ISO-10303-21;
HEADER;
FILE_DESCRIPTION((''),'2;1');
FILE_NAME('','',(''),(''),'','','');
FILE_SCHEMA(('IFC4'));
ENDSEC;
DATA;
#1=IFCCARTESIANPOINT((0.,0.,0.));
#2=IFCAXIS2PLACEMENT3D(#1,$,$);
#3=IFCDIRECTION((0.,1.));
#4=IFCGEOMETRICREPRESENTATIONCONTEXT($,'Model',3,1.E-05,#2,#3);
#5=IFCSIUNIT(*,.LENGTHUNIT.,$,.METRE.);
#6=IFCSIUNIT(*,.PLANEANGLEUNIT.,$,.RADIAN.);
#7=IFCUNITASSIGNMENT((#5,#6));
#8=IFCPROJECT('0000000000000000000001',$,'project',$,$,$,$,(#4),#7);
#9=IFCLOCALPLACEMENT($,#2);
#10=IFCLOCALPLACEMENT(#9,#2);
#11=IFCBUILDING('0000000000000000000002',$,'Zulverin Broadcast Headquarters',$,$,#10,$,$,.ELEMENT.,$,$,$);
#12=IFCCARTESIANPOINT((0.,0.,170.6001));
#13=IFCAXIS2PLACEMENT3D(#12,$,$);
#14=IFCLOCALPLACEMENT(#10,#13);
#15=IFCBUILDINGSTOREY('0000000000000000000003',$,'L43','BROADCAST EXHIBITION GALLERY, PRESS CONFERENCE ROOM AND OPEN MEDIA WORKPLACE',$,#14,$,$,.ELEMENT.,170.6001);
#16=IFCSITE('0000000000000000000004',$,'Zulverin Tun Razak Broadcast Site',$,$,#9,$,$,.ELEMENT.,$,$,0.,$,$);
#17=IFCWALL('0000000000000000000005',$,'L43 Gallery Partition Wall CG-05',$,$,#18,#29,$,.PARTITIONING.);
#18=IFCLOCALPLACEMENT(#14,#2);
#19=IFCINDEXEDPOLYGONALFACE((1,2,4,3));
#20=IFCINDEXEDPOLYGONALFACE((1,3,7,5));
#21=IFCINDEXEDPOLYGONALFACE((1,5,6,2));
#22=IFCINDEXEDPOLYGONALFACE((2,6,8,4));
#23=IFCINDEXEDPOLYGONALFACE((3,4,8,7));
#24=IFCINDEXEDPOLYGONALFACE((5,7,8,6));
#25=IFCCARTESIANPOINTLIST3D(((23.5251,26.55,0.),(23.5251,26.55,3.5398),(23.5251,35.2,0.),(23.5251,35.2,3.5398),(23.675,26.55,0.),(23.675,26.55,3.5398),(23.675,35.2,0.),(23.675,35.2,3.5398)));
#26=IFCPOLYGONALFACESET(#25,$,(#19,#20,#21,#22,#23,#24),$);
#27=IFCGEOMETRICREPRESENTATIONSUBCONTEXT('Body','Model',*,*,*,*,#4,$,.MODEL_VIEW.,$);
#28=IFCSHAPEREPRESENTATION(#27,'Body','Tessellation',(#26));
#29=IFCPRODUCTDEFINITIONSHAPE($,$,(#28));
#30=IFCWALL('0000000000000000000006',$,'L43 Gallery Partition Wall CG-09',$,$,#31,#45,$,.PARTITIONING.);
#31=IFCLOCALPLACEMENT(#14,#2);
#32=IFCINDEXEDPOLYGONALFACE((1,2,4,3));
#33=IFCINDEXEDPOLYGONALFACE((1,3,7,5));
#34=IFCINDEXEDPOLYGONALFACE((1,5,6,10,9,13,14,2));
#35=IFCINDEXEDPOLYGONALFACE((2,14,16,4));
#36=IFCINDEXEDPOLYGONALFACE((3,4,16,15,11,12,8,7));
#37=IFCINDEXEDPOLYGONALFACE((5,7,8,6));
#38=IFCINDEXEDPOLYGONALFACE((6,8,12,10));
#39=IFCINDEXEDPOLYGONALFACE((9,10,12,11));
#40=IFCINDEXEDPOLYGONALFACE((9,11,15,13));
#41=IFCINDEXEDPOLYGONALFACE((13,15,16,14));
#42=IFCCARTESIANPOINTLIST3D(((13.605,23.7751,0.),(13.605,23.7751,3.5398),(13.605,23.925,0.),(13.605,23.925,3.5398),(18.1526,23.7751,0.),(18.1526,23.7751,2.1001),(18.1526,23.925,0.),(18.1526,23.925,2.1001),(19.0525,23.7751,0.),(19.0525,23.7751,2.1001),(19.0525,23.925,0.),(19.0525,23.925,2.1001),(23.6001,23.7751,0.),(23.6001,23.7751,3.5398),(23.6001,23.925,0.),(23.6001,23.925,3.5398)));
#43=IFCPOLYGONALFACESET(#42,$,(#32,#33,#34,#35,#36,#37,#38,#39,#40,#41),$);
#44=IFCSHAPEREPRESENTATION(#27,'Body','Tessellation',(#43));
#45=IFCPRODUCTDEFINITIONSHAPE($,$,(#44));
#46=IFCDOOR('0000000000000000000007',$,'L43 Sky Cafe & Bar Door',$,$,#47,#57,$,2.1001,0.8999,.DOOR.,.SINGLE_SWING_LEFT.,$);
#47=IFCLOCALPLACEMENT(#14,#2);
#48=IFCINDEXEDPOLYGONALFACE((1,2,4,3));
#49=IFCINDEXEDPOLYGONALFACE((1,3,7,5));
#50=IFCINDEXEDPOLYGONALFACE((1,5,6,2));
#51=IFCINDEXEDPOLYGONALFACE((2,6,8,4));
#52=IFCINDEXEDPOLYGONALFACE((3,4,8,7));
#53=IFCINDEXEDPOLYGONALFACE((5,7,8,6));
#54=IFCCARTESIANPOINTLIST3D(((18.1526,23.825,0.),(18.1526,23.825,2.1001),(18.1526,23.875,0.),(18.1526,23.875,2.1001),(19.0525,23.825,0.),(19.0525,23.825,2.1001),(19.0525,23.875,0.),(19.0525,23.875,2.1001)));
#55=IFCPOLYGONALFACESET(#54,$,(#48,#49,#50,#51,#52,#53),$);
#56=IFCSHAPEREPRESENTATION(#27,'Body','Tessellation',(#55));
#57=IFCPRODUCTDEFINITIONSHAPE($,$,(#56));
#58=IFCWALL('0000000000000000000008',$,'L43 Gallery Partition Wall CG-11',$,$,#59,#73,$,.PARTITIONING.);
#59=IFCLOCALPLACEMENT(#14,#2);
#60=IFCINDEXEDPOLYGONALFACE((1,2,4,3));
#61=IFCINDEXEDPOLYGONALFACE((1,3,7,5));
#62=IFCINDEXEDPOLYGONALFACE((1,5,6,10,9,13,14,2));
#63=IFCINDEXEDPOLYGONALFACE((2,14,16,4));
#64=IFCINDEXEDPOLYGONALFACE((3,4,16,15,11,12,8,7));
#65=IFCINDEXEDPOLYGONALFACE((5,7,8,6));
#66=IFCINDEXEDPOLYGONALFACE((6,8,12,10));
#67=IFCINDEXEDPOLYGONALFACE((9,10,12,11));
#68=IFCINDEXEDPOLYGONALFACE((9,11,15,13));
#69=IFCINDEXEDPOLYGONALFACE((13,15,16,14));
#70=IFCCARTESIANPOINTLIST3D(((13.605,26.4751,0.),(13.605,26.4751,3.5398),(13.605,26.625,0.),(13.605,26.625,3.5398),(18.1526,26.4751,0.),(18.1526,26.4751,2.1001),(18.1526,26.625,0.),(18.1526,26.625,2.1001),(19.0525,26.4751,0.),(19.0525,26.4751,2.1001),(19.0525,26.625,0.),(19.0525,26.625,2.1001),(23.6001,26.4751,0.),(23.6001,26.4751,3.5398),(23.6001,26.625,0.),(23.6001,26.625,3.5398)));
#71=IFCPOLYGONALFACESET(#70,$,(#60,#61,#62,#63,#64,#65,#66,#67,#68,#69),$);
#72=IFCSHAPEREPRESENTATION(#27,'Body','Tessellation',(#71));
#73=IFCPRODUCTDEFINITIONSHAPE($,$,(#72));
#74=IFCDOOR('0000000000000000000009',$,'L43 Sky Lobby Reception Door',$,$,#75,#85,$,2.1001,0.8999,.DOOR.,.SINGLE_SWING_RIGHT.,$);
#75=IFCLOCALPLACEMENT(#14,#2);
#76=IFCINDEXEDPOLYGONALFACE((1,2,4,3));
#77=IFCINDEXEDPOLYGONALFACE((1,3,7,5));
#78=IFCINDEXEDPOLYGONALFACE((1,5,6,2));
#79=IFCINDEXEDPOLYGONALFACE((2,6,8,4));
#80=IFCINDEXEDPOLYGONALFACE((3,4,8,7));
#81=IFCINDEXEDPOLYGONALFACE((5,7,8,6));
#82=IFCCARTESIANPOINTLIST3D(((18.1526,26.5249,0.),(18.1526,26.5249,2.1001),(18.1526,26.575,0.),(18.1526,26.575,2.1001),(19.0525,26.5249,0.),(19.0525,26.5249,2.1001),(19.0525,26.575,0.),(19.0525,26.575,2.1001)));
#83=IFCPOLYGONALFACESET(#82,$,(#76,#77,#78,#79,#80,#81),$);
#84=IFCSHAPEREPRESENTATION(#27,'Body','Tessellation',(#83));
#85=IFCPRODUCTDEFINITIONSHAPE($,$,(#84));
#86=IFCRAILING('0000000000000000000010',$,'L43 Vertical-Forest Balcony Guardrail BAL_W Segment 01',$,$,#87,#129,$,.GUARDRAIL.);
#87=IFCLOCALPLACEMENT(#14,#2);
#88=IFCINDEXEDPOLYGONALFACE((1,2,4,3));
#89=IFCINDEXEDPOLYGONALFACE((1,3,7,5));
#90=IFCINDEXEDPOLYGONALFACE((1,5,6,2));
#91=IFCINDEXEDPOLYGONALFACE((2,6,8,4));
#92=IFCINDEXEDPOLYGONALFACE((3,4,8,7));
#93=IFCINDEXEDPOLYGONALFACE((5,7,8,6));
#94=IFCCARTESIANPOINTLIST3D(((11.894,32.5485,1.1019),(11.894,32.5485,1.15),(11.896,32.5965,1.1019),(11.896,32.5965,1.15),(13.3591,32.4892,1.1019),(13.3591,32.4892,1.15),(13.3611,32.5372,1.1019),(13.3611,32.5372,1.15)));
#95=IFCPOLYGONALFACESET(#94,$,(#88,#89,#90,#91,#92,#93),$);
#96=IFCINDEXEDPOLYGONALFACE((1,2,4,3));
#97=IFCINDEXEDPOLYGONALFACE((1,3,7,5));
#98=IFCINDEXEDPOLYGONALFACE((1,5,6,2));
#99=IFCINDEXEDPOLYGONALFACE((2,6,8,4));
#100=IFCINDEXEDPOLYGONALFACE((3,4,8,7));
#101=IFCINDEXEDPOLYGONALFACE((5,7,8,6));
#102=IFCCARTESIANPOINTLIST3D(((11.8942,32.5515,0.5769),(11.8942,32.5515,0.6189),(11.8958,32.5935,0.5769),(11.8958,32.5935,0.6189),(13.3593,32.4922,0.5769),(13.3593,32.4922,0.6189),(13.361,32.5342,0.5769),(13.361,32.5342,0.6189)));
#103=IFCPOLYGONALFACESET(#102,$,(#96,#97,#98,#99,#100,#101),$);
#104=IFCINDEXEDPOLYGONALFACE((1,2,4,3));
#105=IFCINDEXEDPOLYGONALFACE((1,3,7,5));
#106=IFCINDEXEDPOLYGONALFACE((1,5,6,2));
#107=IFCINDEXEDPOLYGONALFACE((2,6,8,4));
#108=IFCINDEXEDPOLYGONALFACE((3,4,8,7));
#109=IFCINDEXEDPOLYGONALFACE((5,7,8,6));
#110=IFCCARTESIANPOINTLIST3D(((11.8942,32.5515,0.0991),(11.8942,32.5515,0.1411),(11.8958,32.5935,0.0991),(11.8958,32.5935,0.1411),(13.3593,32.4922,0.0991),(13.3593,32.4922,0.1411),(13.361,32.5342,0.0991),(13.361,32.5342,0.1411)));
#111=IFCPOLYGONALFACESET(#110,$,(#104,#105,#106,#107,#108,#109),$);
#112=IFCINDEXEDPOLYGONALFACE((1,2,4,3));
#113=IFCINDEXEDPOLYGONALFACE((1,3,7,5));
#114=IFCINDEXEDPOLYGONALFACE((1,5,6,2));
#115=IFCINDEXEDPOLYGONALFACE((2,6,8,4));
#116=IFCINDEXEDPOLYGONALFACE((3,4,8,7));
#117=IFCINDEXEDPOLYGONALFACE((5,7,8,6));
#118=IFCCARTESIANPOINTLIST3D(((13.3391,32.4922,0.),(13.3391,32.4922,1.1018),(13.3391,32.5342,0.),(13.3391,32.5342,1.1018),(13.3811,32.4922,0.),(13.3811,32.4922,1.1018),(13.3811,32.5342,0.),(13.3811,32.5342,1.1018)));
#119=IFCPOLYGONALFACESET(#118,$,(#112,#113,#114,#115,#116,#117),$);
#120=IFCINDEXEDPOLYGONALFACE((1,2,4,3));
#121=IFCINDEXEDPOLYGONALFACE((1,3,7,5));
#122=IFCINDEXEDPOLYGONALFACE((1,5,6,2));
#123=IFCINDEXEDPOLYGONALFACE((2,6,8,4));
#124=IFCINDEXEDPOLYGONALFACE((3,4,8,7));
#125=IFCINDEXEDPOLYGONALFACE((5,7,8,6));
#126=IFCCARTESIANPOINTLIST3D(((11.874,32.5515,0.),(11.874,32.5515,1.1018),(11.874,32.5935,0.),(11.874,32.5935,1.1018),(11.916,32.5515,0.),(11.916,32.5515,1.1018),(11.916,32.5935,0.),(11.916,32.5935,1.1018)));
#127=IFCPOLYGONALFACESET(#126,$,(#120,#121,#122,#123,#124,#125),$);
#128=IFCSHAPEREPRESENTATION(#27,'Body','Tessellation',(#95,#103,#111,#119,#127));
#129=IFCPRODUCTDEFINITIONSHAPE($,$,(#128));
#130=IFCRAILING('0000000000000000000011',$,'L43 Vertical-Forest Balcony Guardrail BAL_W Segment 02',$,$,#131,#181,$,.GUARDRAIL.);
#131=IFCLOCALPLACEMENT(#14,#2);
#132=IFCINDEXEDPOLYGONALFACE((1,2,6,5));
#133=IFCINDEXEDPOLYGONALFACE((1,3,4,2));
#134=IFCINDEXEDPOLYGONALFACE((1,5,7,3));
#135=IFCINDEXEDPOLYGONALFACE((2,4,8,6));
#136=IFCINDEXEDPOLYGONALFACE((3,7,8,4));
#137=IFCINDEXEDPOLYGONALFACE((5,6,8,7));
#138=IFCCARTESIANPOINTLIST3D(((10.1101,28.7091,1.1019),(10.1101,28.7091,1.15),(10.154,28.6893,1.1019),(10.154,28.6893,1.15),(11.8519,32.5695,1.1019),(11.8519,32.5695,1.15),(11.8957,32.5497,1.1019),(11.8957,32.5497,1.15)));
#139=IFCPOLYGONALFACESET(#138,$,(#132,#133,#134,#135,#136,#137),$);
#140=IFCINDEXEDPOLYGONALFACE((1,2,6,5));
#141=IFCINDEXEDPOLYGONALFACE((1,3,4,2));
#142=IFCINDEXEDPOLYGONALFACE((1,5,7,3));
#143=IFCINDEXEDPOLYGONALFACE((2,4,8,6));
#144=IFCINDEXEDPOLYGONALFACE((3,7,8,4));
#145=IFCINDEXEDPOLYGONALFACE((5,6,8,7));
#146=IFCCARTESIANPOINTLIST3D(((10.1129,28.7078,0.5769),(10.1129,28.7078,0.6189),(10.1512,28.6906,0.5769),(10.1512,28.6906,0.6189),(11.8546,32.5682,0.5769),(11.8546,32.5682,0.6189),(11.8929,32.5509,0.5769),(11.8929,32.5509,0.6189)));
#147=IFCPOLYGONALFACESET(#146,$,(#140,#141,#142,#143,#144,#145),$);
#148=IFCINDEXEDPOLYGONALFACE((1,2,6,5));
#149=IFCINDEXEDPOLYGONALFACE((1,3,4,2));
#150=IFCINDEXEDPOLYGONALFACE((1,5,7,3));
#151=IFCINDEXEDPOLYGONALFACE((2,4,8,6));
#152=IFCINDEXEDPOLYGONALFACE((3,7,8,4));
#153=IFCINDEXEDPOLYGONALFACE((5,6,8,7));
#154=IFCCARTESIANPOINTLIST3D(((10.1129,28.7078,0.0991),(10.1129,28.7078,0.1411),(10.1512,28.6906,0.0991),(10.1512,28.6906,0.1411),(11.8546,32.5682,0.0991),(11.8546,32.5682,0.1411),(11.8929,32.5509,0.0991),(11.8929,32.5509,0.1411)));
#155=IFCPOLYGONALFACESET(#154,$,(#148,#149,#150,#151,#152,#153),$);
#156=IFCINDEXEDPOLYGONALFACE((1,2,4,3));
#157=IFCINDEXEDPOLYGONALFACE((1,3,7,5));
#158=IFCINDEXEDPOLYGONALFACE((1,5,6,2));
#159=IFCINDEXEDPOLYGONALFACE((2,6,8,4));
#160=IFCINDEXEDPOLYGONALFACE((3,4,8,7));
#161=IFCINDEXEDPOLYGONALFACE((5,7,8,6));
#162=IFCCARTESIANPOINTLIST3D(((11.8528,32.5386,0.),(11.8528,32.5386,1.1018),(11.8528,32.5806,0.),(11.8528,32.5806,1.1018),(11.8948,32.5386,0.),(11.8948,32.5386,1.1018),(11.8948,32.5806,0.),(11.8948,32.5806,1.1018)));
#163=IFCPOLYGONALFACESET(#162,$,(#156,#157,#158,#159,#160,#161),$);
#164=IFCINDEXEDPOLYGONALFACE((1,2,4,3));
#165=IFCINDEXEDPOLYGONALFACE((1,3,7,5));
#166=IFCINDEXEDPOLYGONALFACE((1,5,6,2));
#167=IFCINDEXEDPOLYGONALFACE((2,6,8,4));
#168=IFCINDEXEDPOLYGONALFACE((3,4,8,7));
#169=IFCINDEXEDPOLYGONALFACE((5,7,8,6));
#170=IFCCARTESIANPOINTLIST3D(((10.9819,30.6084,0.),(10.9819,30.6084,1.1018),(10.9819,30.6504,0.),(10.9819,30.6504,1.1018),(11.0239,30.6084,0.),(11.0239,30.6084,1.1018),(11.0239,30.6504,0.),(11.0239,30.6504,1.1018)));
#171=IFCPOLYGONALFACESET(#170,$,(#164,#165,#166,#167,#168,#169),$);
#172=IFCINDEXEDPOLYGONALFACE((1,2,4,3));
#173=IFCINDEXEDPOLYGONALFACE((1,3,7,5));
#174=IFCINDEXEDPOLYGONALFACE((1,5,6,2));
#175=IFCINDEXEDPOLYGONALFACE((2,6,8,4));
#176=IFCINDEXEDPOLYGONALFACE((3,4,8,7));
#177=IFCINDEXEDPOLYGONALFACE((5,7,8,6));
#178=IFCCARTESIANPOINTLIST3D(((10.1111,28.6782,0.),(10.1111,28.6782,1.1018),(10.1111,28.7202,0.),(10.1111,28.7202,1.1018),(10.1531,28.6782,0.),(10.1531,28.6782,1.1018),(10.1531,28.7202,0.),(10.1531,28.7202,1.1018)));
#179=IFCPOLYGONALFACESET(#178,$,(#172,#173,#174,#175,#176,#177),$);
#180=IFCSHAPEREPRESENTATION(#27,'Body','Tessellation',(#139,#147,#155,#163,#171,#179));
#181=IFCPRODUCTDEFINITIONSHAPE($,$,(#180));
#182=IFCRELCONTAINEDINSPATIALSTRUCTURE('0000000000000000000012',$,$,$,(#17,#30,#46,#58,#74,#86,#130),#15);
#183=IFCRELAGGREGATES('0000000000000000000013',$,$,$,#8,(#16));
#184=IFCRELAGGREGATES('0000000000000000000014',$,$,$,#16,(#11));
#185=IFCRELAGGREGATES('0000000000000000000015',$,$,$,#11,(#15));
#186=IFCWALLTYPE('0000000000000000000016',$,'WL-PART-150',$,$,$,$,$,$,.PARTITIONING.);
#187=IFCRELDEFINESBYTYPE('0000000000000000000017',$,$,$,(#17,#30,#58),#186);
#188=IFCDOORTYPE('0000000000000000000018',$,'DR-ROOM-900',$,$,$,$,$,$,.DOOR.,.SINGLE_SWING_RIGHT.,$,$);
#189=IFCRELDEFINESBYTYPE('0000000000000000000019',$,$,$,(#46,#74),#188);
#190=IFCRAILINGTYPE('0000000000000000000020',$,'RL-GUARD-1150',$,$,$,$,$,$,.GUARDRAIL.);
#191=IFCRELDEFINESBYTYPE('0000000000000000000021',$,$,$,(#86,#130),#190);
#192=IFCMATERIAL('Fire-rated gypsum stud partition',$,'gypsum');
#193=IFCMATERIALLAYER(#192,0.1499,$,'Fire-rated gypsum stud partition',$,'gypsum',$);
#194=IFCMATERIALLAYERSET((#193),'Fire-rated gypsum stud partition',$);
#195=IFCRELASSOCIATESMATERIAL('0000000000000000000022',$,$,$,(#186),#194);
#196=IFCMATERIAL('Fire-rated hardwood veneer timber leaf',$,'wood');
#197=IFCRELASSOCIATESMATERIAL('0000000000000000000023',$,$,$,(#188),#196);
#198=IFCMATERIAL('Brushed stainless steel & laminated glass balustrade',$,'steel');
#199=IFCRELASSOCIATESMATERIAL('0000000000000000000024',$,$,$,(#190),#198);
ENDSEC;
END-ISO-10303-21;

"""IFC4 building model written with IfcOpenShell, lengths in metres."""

from ifc_helpers import new_model, si_unit, direction, frame, frame_2d, origin, origin_2d, place, context, subcontext, project, spatial, rectangle, extrude, material, layer, layer_set, type_object, element, fill, save


model = new_model("IFC4")

# Units and contexts
model_context = context("Model", 3, precision=1e-05, world=origin(), true_north=direction((0.0, 1.0)))
body_context = subcontext(model_context, "Body", "Model", "MODEL_VIEW")
ifc_project = project(units=[si_unit("LENGTHUNIT", "METRE"), si_unit("PLANEANGLEUNIT", "RADIAN")], contexts=[model_context])

# Site, building, storey
site_placement = place(None, origin())
site = spatial("IfcSite", under=ifc_project, at=site_placement, Name="Zulverin Tun Razak Broadcast Site", CompositionType="ELEMENT", RefElevation=0.0)
building_placement = place(site_placement, origin())
building = spatial("IfcBuilding", under=site, at=building_placement, Name="Zulverin Broadcast Headquarters", CompositionType="ELEMENT")
storey_placement = place(building_placement, frame((0.0, 0.0, 170.6001)))
storey = spatial("IfcBuildingStorey", under=building, at=storey_placement, Name="L43", Description="BROADCAST EXHIBITION GALLERY, PRESS CONFERENCE ROOM AND OPEN MEDIA WORKPLACE", CompositionType="ELEMENT", Elevation=170.6001)

# Shared definitions
ifc_material_1 = material(Name="Fire-rated gypsum stud partition", Category="gypsum")
ifc_layer_1 = layer(ifc_material_1, 0.1499, Name="Fire-rated gypsum stud partition", Category="gypsum")
ifc_layer_set_1 = layer_set([ifc_layer_1], Name="Fire-rated gypsum stud partition")
wall_type = type_object("IfcWallType", Name="WL-PART-150", PredefinedType="PARTITIONING", material=ifc_layer_set_1)

# Wall
wall_1_placement = place(storey_placement, frame((23.6001, 26.55, 0.0), z_axis=(0.0, 0.0, 1.0), x_axis=(0.0, 1.0, 0.0)))
element("IfcWall", 1, at=wall_1_placement, inside=storey, type_object=wall_type, Name="L43 Gallery Partition Wall CG-05", PredefinedType="PARTITIONING", context=body_context, shape_type="SweptSolid", body=[
    extrude(rectangle(XDim=8.6499, YDim=0.1499, at=frame_2d((4.325, 0.0))), origin(), (0.0, 0.0, 1.0), 3.5398),
])

# Walls, openings, doors
wall_2_placement = place(storey_placement, frame((13.605, 23.8501, 0.0), z_axis=(0.0, 0.0, 1.0), x_axis=(1.0, 0.0, 0.0)))
wall_2 = element("IfcWall", 2, at=wall_2_placement, inside=storey, type_object=wall_type, Name="L43 Gallery Partition Wall CG-09", PredefinedType="PARTITIONING", context=body_context, shape_type="SweptSolid", body=[
    extrude(rectangle(XDim=9.9951, YDim=0.1499, at=frame_2d((4.9976, 0.0))), origin(), (0.0, 0.0, 1.0), 3.5398),
])
opening_1_placement = place(wall_2_placement, frame((4.5476, 0.0, 0.0)))
opening_1 = element("IfcOpeningElement", 3, at=opening_1_placement, cuts=wall_2, PredefinedType="OPENING", context=body_context, shape_type="SweptSolid", body=[
    extrude(rectangle(XDim=0.8999, YDim=2.1001, at=frame_2d((0.45, 1.05))), frame((0.0, 0.085, 0.0), z_axis=(0.0, -1.0, 0.0), x_axis=(1.0, 0.0, 0.0)), (0.0, 0.0, 1.0), 0.1699),
])
ifc_material_2 = material(Name="Fire-rated hardwood veneer timber leaf", Category="wood")
door_type_1 = type_object("IfcDoorType", Name="DR-ROOM-900", OperationType="SINGLE_SWING_RIGHT", PredefinedType="DOOR", material=ifc_material_2)
door_1_placement = place(opening_1_placement, origin())
door_1 = element("IfcDoor", 4, at=door_1_placement, inside=storey, type_object=door_type_1, Name="L43 Sky Cafe & Bar Door", OperationType="SINGLE_SWING_LEFT", OverallHeight=2.1001, OverallWidth=0.8999, PredefinedType="DOOR", context=body_context, shape_type="SweptSolid", body=[
    extrude(rectangle(XDim=0.8999, YDim=2.1001, at=frame_2d((0.45, 1.05))), frame((0.0, 0.0249, 0.0), z_axis=(0.0, -1.0, 0.0), x_axis=(1.0, 0.0, 0.0)), (0.0, 0.0, 1.0), 0.05),
])
fill(opening_1, door_1)
wall_3_placement = place(storey_placement, frame((13.605, 26.55, 0.0), z_axis=(0.0, 0.0, 1.0), x_axis=(1.0, 0.0, 0.0)))
wall_3 = element("IfcWall", 5, at=wall_3_placement, inside=storey, type_object=wall_type, Name="L43 Gallery Partition Wall CG-11", PredefinedType="PARTITIONING", context=body_context, shape_type="SweptSolid", body=[
    extrude(rectangle(XDim=9.9951, YDim=0.1499, at=frame_2d((4.9976, 0.0))), origin(), (0.0, 0.0, 1.0), 3.5398),
])
opening_2_placement = place(wall_3_placement, frame((4.5476, 0.0, 0.0)))
opening_2 = element("IfcOpeningElement", 6, at=opening_2_placement, cuts=wall_3, PredefinedType="OPENING", context=body_context, shape_type="SweptSolid", body=[
    extrude(rectangle(XDim=0.8999, YDim=2.1001, at=frame_2d((0.45, 1.05))), frame((0.0, 0.085, 0.0), z_axis=(0.0, -1.0, 0.0), x_axis=(1.0, 0.0, 0.0)), (0.0, 0.0, 1.0), 0.1699),
])
door_2_placement = place(opening_2_placement, origin())
door_2 = element("IfcDoor", 7, at=door_2_placement, inside=storey, type_object=door_type_1, Name="L43 Sky Lobby Reception Door", OperationType="SINGLE_SWING_RIGHT", OverallHeight=2.1001, OverallWidth=0.8999, PredefinedType="DOOR", context=body_context, shape_type="SweptSolid", body=[
    extrude(rectangle(XDim=0.8999, YDim=2.1001, at=frame_2d((0.45, 1.05))), frame((0.0, 0.0249, 0.0), z_axis=(0.0, -1.0, 0.0), x_axis=(1.0, 0.0, 0.0)), (0.0, 0.0, 1.0), 0.05),
])
fill(opening_2, door_2)

# Railings
ifc_material_3 = material(Name="Brushed stainless steel & laminated glass balustrade", Category="steel")
railing_type = type_object("IfcRailingType", Name="RL-GUARD-1150", PredefinedType="GUARDRAIL", material=ifc_material_3)
railing_1_placement = place(storey_placement, frame((13.3601, 32.5132, 0.0)))
element("IfcRailing", 8, at=railing_1_placement, inside=storey, type_object=railing_type, Name="L43 Vertical-Forest Balcony Guardrail BAL_W Segment 01", PredefinedType="GUARDRAIL", context=body_context, shape_type="SweptSolid", body=[
    extrude(rectangle(XDim=0.0481, YDim=0.0481, at=origin_2d()), frame((0.0, 0.0, 1.126), z_axis=(-0.999181, 0.04046, 0.0), x_axis=(-0.04046, -0.999181, 0.0)), (0.0, 0.0, 1.0), 1.4663),
    extrude(rectangle(XDim=0.042, YDim=0.042, at=origin_2d()), frame((0.0, 0.0, 0.5979), z_axis=(-0.999181, 0.04046, 0.0), x_axis=(-0.04046, -0.999181, 0.0)), (0.0, 0.0, 1.0), 1.4663),
    extrude(rectangle(XDim=0.042, YDim=0.042, at=origin_2d()), frame((0.0, 0.0, 0.1201), z_axis=(-0.999181, 0.04046, 0.0), x_axis=(-0.04046, -0.999181, 0.0)), (0.0, 0.0, 1.0), 1.4663),
    extrude(rectangle(XDim=0.042, YDim=0.042, at=origin_2d()), origin(), (0.0, 0.0, 1.0), 1.1018),
    extrude(rectangle(XDim=0.042, YDim=0.042, at=origin_2d()), frame((-1.4651, 0.0593, 0.0)), (0.0, 0.0, 1.0), 1.1018),
])
railing_2_placement = place(storey_placement, frame((11.8738, 32.5596, 0.0)))
element("IfcRailing", 9, at=railing_2_placement, inside=storey, type_object=railing_type, Name="L43 Vertical-Forest Balcony Guardrail BAL_W Segment 02", PredefinedType="GUARDRAIL", context=body_context, shape_type="SweptSolid", body=[
    extrude(rectangle(XDim=0.0481, YDim=0.0481, at=origin_2d()), frame((0.0, 0.0, 1.126), z_axis=(-0.411256, -0.91152, 0.0), x_axis=(0.91152, -0.411256, 0.0)), (0.0, 0.0, 1.0), 4.2351),
    extrude(rectangle(XDim=0.042, YDim=0.042, at=origin_2d()), frame((0.0, 0.0, 0.5979), z_axis=(-0.411256, -0.91152, 0.0), x_axis=(0.91152, -0.411256, 0.0)), (0.0, 0.0, 1.0), 4.2351),
    extrude(rectangle(XDim=0.042, YDim=0.042, at=origin_2d()), frame((0.0, 0.0, 0.1201), z_axis=(-0.411256, -0.91152, 0.0), x_axis=(0.91152, -0.411256, 0.0)), (0.0, 0.0, 1.0), 4.2351),
    extrude(rectangle(XDim=0.042, YDim=0.042, at=origin_2d()), origin(), (0.0, 0.0, 1.0), 1.1018),
    extrude(rectangle(XDim=0.042, YDim=0.042, at=origin_2d()), frame((-0.8708, -1.9302, 0.0)), (0.0, 0.0, 1.0), 1.1018),
    extrude(rectangle(XDim=0.042, YDim=0.042, at=origin_2d()), frame((-1.7417, -3.8604, 0.0)), (0.0, 0.0, 1.0), 1.1018),
])

save(model, "model.ifc")
